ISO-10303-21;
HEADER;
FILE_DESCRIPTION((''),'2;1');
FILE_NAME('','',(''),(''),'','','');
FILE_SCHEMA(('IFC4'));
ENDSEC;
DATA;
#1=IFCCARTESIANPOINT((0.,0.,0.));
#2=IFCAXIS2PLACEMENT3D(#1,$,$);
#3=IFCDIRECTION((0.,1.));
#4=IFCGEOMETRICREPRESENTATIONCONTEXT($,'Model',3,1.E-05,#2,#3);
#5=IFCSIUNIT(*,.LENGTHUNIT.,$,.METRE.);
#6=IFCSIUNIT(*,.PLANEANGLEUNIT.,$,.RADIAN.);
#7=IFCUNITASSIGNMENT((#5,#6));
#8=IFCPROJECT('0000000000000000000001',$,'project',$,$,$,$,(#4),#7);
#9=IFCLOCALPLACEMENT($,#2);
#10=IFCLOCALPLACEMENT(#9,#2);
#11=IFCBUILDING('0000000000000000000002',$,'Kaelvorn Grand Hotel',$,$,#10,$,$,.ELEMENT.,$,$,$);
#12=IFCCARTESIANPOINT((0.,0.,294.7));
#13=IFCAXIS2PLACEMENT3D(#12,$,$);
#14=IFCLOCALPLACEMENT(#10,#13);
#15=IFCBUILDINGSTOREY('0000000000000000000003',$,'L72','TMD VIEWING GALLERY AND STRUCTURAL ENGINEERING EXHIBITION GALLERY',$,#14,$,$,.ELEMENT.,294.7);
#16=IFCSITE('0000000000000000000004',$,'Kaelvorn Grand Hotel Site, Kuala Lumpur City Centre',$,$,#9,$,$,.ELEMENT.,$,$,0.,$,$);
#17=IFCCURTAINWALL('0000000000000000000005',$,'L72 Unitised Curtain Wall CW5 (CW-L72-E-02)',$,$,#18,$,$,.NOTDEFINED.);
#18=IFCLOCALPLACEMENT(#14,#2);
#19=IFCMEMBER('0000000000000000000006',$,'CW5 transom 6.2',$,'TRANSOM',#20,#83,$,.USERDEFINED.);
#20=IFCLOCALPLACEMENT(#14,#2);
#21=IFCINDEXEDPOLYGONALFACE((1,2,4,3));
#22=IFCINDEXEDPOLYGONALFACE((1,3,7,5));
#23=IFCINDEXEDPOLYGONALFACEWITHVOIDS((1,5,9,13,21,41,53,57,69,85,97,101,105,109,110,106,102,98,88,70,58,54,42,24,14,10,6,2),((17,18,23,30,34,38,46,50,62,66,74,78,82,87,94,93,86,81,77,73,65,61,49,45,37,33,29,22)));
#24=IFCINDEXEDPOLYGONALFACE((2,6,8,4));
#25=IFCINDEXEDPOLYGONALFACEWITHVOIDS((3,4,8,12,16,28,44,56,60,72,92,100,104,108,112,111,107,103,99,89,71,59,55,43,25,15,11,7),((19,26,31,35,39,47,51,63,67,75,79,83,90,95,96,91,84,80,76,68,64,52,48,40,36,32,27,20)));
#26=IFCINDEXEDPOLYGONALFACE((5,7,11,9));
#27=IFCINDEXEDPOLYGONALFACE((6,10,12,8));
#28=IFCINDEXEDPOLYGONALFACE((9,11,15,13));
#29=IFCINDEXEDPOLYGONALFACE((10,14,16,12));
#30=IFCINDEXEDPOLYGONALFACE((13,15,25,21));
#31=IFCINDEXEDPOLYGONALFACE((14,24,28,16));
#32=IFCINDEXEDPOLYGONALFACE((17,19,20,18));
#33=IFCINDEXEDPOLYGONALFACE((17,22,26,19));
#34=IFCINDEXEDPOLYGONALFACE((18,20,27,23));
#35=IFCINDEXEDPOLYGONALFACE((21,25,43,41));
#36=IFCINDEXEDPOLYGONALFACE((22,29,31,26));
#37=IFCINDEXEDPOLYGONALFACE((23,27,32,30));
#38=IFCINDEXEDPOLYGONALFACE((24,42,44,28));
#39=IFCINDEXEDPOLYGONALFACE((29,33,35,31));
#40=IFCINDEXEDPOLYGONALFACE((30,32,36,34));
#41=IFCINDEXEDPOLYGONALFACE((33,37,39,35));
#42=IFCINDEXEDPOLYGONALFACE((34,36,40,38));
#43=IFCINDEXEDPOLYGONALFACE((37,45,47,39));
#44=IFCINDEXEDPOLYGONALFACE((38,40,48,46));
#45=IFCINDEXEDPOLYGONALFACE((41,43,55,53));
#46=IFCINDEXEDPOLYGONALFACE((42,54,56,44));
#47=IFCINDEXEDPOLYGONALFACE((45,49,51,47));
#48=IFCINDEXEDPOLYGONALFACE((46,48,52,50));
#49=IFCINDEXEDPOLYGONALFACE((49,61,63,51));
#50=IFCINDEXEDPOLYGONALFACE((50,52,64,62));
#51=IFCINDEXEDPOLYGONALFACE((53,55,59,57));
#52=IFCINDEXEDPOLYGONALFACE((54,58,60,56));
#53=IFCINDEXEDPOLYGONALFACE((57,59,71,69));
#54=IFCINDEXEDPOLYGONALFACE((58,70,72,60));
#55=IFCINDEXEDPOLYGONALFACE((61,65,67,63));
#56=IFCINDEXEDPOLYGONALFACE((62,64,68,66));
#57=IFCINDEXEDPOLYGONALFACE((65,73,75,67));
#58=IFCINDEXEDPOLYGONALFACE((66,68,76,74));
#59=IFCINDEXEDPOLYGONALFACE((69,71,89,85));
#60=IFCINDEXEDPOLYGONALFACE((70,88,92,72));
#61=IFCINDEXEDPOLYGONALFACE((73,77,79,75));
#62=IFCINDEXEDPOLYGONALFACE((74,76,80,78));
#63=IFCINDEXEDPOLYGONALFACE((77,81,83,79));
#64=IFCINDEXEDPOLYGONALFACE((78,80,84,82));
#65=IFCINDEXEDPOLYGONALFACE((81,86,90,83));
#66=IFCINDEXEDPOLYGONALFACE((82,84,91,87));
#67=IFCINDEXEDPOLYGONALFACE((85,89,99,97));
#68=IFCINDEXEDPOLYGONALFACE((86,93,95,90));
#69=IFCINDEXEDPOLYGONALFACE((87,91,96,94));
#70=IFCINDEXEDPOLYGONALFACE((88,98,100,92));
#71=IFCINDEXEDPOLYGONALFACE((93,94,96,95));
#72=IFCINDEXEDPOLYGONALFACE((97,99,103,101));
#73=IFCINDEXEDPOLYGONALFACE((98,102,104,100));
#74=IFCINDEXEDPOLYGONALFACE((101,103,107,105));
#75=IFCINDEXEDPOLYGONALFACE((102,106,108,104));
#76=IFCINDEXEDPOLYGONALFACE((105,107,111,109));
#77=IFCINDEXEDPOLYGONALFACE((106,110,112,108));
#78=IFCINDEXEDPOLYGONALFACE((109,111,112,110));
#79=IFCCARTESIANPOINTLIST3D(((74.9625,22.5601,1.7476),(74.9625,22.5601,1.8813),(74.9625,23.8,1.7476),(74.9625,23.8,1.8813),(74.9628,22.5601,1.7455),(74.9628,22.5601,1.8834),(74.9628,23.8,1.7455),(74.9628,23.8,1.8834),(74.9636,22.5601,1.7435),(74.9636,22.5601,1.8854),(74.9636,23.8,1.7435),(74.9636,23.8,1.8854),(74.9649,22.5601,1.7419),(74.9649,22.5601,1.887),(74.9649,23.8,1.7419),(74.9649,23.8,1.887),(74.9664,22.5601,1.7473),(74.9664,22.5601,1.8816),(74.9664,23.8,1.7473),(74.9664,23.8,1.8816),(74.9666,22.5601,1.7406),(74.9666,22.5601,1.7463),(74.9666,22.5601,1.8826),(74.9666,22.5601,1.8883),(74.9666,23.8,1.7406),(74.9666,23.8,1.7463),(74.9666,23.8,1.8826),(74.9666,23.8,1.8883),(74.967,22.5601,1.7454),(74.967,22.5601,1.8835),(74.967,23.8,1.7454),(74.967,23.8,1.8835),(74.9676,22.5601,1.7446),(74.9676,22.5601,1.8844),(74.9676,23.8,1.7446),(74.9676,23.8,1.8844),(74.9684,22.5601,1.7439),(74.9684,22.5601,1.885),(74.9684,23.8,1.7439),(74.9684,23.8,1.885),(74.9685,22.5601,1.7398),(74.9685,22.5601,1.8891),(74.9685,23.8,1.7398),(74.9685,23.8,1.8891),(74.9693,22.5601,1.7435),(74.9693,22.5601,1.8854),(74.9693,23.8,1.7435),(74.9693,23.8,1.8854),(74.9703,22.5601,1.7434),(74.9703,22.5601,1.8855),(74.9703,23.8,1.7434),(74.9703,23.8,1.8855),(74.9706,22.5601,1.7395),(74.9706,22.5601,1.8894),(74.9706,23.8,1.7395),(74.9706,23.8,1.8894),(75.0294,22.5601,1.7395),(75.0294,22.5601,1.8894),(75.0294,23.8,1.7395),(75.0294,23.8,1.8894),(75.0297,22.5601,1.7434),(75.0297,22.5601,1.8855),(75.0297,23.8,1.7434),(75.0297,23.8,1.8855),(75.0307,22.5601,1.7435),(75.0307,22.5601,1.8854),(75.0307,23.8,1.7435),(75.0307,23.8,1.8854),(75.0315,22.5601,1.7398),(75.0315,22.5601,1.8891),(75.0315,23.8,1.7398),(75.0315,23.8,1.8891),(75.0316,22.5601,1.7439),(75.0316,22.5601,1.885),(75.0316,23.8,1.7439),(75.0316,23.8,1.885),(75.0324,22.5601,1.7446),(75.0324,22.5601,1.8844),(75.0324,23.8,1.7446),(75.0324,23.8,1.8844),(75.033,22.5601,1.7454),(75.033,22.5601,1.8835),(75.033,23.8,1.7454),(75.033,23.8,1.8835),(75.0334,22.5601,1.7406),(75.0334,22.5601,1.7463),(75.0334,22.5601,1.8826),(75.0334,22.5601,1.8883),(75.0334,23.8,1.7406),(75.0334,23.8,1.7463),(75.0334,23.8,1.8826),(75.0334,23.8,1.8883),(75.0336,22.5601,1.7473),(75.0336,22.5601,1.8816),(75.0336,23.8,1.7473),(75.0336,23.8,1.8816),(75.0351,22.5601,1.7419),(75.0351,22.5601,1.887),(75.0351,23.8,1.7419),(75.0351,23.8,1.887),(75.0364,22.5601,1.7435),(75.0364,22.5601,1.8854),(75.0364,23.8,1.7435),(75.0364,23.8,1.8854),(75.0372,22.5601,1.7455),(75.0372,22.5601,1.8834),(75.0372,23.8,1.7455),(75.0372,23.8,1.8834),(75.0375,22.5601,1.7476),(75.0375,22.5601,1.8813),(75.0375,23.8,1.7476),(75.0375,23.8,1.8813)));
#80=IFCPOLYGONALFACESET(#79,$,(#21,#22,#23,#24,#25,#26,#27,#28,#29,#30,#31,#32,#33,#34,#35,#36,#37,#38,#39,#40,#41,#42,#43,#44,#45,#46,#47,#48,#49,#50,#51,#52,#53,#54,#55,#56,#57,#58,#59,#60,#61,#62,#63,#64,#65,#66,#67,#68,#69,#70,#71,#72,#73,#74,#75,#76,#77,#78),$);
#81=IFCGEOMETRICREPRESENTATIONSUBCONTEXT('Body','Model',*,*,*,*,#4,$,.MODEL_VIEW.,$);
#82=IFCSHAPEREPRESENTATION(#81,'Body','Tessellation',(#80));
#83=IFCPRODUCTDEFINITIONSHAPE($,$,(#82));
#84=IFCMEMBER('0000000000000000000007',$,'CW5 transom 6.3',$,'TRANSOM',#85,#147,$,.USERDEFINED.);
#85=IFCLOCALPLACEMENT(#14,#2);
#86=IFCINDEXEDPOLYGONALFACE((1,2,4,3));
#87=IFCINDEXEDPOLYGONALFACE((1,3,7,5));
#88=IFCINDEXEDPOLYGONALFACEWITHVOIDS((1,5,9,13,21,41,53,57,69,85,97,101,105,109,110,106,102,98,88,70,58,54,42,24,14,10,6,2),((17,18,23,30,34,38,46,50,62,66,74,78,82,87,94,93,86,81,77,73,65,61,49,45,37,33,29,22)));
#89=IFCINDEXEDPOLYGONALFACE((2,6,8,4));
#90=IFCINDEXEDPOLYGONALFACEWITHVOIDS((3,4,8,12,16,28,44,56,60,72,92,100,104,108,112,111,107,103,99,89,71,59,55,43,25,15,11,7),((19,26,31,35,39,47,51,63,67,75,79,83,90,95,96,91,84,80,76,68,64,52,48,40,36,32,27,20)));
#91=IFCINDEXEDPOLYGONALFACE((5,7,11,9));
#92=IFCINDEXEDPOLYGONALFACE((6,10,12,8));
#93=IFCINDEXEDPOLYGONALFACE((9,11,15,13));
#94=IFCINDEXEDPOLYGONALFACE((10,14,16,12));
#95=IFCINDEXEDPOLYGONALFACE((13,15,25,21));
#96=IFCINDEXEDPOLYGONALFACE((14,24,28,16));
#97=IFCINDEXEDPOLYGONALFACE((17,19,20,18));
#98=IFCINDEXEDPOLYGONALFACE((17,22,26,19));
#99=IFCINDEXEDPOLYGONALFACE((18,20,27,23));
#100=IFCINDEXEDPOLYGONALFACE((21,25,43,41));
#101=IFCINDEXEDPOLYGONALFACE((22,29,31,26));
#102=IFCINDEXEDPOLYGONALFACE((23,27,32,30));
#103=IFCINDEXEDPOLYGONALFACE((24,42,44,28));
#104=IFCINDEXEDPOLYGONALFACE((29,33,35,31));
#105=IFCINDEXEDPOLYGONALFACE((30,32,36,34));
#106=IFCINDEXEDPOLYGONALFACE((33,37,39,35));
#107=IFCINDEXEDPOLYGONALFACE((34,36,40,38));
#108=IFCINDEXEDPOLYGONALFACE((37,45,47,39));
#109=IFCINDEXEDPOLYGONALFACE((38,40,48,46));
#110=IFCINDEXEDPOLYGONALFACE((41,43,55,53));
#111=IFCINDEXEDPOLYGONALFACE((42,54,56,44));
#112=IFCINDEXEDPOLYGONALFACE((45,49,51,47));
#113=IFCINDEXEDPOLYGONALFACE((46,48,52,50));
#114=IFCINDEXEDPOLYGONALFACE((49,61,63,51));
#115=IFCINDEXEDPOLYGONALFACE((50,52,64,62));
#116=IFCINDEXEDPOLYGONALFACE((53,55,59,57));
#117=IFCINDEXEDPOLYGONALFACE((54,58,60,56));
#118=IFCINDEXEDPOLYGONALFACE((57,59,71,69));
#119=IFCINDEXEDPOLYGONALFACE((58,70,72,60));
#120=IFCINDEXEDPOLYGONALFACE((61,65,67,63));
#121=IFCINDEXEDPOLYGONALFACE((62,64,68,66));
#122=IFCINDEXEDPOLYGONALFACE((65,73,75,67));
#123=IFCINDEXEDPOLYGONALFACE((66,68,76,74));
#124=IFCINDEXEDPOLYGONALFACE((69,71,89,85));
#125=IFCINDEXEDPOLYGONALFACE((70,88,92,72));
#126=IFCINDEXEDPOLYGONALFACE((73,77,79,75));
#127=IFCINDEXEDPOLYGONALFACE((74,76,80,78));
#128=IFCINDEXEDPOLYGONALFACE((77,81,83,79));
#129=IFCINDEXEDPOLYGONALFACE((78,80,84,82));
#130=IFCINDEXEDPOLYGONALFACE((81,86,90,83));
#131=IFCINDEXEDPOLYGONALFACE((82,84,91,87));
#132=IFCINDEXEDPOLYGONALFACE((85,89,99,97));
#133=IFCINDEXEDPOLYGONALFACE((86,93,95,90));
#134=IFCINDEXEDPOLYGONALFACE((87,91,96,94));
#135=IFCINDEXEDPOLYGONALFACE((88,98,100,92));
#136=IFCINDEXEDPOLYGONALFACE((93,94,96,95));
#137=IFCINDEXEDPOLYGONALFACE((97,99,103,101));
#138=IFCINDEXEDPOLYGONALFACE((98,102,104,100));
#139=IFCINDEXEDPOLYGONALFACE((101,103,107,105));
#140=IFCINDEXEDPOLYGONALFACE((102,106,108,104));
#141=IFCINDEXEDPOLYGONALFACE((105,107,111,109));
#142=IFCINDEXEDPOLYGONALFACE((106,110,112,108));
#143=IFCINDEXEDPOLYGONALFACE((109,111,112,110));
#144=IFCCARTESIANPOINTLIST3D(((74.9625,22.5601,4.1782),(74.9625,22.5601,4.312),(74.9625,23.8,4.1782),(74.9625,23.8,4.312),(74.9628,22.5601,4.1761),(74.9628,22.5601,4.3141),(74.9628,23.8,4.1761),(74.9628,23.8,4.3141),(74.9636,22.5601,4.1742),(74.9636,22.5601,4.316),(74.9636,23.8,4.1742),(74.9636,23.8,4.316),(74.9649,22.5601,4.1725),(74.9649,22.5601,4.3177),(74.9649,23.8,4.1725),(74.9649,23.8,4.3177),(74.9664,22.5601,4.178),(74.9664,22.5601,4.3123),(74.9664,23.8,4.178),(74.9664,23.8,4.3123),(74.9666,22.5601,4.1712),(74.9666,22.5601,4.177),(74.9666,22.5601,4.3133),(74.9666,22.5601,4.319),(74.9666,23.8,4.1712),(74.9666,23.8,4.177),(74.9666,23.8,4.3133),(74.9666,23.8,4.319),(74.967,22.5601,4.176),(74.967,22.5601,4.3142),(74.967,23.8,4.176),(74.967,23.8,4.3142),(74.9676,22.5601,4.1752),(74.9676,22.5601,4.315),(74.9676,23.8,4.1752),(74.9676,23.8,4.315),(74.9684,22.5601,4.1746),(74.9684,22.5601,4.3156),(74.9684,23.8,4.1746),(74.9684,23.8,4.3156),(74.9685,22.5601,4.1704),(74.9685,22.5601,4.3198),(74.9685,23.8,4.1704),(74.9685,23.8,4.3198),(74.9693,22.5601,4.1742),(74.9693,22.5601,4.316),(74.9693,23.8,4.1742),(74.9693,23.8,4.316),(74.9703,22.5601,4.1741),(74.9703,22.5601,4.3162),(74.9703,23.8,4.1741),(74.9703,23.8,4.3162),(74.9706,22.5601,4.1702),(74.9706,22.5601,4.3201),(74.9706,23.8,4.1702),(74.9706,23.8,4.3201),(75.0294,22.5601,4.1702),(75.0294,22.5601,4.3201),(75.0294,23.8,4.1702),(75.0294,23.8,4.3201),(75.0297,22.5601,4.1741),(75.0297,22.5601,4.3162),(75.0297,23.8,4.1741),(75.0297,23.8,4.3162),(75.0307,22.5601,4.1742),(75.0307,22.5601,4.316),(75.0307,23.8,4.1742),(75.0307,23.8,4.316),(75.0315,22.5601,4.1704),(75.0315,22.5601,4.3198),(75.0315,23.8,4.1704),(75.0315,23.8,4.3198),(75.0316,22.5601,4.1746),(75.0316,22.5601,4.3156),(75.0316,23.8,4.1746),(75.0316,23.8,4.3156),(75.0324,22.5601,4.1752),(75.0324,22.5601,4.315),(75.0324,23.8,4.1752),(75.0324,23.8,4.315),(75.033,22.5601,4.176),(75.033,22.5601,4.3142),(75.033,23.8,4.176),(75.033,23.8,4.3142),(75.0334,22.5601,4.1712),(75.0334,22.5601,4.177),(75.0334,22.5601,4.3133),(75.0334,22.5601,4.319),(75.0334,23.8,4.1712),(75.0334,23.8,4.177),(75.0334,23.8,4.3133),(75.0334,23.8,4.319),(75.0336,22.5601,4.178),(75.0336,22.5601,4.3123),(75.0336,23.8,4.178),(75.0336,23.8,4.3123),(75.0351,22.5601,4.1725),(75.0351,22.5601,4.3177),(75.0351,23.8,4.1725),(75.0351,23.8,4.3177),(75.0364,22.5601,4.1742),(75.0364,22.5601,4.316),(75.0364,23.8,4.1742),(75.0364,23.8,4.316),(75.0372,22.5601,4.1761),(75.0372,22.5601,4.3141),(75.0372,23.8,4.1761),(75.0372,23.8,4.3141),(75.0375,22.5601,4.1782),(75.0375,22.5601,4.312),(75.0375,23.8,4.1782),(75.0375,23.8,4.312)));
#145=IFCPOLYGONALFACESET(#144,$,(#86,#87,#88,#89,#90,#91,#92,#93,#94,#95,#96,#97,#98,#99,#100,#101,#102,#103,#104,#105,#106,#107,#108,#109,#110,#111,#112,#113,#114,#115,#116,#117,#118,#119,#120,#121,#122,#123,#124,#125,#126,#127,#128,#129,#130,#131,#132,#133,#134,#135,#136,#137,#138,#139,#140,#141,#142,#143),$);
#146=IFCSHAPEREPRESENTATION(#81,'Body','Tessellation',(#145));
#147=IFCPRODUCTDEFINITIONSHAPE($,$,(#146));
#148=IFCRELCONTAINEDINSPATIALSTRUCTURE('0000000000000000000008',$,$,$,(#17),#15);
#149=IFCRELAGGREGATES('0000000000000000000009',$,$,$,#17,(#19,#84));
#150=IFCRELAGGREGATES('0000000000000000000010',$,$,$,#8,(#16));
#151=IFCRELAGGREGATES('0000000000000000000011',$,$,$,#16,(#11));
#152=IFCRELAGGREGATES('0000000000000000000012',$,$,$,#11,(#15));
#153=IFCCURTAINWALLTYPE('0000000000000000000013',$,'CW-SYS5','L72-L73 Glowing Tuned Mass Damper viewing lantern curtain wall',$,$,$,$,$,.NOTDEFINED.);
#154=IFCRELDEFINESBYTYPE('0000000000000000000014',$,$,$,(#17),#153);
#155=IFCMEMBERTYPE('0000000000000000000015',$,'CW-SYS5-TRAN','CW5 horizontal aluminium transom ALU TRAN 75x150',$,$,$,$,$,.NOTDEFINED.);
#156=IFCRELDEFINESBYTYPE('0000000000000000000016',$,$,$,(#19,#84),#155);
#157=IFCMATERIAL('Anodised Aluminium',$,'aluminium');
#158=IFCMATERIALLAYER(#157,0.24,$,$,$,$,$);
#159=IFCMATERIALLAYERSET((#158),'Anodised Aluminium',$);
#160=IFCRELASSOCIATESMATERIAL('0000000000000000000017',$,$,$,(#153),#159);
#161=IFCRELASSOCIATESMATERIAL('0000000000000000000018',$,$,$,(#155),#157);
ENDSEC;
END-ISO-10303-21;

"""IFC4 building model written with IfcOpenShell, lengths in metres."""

from ifc_helpers import new_model, si_unit, direction, frame, origin, origin_2d, place, context, subcontext, project, spatial, hollow_rectangle, extrude, material, layer, layer_set, material_profile, profile_set, type_object, element, aggregate, save


model = new_model("IFC4")

# Units and contexts
model_context = context("Model", 3, precision=1e-05, world=origin(), true_north=direction((0.0, 1.0)))
body_context = subcontext(model_context, "Body", "Model", "MODEL_VIEW")
ifc_project = project(units=[si_unit("LENGTHUNIT", "METRE"), si_unit("PLANEANGLEUNIT", "RADIAN")], contexts=[model_context])

# Site, building, storey
site_placement = place(None, origin())
site = spatial("IfcSite", under=ifc_project, at=site_placement, Name="Kaelvorn Grand Hotel Site, Kuala Lumpur City Centre", CompositionType="ELEMENT", RefElevation=0.0)
building_placement = place(site_placement, origin())
building = spatial("IfcBuilding", under=site, at=building_placement, Name="Kaelvorn Grand Hotel", CompositionType="ELEMENT")
storey_placement = place(building_placement, frame((0.0, 0.0, 294.7)))
storey = spatial("IfcBuildingStorey", under=building, at=storey_placement, Name="L72", Description="TMD VIEWING GALLERY AND STRUCTURAL ENGINEERING EXHIBITION GALLERY", CompositionType="ELEMENT", Elevation=294.7)

# Curtain wall, members
ifc_material_1 = material(Name="Anodised Aluminium", Category="aluminium")
ifc_layer_1 = layer(ifc_material_1, 0.24)
ifc_layer_set_1 = layer_set([ifc_layer_1], Name="Anodised Aluminium")
curtain_wall_type = type_object("IfcCurtainWallType", Name="CW-SYS5", Description="L72-L73 Glowing Tuned Mass Damper viewing lantern curtain wall", PredefinedType="NOTDEFINED", material=ifc_layer_set_1)
curtain_wall_placement = place(storey_placement, origin())
curtain_wall = element("IfcCurtainWall", 1, at=curtain_wall_placement, inside=storey, type_object=curtain_wall_type, Name="L72 Unitised Curtain Wall CW5 (CW-L72-E-02)", PredefinedType="NOTDEFINED")
ifc_material_profile_1 = material_profile(ifc_material_1, hollow_rectangle(XDim=0.075, YDim=0.1499, WallThickness=0.0039, InnerFilletRadius=0.0039, OuterFilletRadius=0.0081, at=origin_2d()), Name="ALU TRAN 75x150")
ifc_profile_set_1 = profile_set([ifc_material_profile_1], Name="Anodised Aluminium")
member_type_1 = type_object("IfcMemberType", Name="CW-SYS5-TRAN", Description="CW5 horizontal aluminium transom ALU TRAN 75x150", PredefinedType="NOTDEFINED", material=ifc_profile_set_1)
member_1_placement = place(storey_placement, frame((75.0, 22.5601, 1.8145), z_axis=(0.0, 1.0, 0.0), x_axis=(-1.0, 0.0, 0.0)))
member_1 = element("IfcMember", 2, at=member_1_placement, type_object=member_type_1, Name="CW5 transom 6.2", ObjectType="TRANSOM", PredefinedType="USERDEFINED", context=body_context, shape_type="SweptSolid", body=[
    extrude(hollow_rectangle(XDim=0.075, YDim=0.1499, WallThickness=0.0039, InnerFilletRadius=0.0039, OuterFilletRadius=0.0081, at=origin_2d()), origin(), (0.0, 0.0, 1.0), 1.24),
])
member_2_placement = place(storey_placement, frame((75.0, 22.5601, 4.2451), z_axis=(0.0, 1.0, 0.0), x_axis=(-1.0, 0.0, 0.0)))
member_2 = element("IfcMember", 3, at=member_2_placement, type_object=member_type_1, Name="CW5 transom 6.3", ObjectType="TRANSOM", PredefinedType="USERDEFINED", context=body_context, shape_type="SweptSolid", body=[
    extrude(hollow_rectangle(XDim=0.075, YDim=0.1499, WallThickness=0.0039, InnerFilletRadius=0.0039, OuterFilletRadius=0.0081, at=origin_2d()), origin(), (0.0, 0.0, 1.0), 1.24),
])
aggregate(curtain_wall, [member_1, member_2])

save(model, "model.ifc")
